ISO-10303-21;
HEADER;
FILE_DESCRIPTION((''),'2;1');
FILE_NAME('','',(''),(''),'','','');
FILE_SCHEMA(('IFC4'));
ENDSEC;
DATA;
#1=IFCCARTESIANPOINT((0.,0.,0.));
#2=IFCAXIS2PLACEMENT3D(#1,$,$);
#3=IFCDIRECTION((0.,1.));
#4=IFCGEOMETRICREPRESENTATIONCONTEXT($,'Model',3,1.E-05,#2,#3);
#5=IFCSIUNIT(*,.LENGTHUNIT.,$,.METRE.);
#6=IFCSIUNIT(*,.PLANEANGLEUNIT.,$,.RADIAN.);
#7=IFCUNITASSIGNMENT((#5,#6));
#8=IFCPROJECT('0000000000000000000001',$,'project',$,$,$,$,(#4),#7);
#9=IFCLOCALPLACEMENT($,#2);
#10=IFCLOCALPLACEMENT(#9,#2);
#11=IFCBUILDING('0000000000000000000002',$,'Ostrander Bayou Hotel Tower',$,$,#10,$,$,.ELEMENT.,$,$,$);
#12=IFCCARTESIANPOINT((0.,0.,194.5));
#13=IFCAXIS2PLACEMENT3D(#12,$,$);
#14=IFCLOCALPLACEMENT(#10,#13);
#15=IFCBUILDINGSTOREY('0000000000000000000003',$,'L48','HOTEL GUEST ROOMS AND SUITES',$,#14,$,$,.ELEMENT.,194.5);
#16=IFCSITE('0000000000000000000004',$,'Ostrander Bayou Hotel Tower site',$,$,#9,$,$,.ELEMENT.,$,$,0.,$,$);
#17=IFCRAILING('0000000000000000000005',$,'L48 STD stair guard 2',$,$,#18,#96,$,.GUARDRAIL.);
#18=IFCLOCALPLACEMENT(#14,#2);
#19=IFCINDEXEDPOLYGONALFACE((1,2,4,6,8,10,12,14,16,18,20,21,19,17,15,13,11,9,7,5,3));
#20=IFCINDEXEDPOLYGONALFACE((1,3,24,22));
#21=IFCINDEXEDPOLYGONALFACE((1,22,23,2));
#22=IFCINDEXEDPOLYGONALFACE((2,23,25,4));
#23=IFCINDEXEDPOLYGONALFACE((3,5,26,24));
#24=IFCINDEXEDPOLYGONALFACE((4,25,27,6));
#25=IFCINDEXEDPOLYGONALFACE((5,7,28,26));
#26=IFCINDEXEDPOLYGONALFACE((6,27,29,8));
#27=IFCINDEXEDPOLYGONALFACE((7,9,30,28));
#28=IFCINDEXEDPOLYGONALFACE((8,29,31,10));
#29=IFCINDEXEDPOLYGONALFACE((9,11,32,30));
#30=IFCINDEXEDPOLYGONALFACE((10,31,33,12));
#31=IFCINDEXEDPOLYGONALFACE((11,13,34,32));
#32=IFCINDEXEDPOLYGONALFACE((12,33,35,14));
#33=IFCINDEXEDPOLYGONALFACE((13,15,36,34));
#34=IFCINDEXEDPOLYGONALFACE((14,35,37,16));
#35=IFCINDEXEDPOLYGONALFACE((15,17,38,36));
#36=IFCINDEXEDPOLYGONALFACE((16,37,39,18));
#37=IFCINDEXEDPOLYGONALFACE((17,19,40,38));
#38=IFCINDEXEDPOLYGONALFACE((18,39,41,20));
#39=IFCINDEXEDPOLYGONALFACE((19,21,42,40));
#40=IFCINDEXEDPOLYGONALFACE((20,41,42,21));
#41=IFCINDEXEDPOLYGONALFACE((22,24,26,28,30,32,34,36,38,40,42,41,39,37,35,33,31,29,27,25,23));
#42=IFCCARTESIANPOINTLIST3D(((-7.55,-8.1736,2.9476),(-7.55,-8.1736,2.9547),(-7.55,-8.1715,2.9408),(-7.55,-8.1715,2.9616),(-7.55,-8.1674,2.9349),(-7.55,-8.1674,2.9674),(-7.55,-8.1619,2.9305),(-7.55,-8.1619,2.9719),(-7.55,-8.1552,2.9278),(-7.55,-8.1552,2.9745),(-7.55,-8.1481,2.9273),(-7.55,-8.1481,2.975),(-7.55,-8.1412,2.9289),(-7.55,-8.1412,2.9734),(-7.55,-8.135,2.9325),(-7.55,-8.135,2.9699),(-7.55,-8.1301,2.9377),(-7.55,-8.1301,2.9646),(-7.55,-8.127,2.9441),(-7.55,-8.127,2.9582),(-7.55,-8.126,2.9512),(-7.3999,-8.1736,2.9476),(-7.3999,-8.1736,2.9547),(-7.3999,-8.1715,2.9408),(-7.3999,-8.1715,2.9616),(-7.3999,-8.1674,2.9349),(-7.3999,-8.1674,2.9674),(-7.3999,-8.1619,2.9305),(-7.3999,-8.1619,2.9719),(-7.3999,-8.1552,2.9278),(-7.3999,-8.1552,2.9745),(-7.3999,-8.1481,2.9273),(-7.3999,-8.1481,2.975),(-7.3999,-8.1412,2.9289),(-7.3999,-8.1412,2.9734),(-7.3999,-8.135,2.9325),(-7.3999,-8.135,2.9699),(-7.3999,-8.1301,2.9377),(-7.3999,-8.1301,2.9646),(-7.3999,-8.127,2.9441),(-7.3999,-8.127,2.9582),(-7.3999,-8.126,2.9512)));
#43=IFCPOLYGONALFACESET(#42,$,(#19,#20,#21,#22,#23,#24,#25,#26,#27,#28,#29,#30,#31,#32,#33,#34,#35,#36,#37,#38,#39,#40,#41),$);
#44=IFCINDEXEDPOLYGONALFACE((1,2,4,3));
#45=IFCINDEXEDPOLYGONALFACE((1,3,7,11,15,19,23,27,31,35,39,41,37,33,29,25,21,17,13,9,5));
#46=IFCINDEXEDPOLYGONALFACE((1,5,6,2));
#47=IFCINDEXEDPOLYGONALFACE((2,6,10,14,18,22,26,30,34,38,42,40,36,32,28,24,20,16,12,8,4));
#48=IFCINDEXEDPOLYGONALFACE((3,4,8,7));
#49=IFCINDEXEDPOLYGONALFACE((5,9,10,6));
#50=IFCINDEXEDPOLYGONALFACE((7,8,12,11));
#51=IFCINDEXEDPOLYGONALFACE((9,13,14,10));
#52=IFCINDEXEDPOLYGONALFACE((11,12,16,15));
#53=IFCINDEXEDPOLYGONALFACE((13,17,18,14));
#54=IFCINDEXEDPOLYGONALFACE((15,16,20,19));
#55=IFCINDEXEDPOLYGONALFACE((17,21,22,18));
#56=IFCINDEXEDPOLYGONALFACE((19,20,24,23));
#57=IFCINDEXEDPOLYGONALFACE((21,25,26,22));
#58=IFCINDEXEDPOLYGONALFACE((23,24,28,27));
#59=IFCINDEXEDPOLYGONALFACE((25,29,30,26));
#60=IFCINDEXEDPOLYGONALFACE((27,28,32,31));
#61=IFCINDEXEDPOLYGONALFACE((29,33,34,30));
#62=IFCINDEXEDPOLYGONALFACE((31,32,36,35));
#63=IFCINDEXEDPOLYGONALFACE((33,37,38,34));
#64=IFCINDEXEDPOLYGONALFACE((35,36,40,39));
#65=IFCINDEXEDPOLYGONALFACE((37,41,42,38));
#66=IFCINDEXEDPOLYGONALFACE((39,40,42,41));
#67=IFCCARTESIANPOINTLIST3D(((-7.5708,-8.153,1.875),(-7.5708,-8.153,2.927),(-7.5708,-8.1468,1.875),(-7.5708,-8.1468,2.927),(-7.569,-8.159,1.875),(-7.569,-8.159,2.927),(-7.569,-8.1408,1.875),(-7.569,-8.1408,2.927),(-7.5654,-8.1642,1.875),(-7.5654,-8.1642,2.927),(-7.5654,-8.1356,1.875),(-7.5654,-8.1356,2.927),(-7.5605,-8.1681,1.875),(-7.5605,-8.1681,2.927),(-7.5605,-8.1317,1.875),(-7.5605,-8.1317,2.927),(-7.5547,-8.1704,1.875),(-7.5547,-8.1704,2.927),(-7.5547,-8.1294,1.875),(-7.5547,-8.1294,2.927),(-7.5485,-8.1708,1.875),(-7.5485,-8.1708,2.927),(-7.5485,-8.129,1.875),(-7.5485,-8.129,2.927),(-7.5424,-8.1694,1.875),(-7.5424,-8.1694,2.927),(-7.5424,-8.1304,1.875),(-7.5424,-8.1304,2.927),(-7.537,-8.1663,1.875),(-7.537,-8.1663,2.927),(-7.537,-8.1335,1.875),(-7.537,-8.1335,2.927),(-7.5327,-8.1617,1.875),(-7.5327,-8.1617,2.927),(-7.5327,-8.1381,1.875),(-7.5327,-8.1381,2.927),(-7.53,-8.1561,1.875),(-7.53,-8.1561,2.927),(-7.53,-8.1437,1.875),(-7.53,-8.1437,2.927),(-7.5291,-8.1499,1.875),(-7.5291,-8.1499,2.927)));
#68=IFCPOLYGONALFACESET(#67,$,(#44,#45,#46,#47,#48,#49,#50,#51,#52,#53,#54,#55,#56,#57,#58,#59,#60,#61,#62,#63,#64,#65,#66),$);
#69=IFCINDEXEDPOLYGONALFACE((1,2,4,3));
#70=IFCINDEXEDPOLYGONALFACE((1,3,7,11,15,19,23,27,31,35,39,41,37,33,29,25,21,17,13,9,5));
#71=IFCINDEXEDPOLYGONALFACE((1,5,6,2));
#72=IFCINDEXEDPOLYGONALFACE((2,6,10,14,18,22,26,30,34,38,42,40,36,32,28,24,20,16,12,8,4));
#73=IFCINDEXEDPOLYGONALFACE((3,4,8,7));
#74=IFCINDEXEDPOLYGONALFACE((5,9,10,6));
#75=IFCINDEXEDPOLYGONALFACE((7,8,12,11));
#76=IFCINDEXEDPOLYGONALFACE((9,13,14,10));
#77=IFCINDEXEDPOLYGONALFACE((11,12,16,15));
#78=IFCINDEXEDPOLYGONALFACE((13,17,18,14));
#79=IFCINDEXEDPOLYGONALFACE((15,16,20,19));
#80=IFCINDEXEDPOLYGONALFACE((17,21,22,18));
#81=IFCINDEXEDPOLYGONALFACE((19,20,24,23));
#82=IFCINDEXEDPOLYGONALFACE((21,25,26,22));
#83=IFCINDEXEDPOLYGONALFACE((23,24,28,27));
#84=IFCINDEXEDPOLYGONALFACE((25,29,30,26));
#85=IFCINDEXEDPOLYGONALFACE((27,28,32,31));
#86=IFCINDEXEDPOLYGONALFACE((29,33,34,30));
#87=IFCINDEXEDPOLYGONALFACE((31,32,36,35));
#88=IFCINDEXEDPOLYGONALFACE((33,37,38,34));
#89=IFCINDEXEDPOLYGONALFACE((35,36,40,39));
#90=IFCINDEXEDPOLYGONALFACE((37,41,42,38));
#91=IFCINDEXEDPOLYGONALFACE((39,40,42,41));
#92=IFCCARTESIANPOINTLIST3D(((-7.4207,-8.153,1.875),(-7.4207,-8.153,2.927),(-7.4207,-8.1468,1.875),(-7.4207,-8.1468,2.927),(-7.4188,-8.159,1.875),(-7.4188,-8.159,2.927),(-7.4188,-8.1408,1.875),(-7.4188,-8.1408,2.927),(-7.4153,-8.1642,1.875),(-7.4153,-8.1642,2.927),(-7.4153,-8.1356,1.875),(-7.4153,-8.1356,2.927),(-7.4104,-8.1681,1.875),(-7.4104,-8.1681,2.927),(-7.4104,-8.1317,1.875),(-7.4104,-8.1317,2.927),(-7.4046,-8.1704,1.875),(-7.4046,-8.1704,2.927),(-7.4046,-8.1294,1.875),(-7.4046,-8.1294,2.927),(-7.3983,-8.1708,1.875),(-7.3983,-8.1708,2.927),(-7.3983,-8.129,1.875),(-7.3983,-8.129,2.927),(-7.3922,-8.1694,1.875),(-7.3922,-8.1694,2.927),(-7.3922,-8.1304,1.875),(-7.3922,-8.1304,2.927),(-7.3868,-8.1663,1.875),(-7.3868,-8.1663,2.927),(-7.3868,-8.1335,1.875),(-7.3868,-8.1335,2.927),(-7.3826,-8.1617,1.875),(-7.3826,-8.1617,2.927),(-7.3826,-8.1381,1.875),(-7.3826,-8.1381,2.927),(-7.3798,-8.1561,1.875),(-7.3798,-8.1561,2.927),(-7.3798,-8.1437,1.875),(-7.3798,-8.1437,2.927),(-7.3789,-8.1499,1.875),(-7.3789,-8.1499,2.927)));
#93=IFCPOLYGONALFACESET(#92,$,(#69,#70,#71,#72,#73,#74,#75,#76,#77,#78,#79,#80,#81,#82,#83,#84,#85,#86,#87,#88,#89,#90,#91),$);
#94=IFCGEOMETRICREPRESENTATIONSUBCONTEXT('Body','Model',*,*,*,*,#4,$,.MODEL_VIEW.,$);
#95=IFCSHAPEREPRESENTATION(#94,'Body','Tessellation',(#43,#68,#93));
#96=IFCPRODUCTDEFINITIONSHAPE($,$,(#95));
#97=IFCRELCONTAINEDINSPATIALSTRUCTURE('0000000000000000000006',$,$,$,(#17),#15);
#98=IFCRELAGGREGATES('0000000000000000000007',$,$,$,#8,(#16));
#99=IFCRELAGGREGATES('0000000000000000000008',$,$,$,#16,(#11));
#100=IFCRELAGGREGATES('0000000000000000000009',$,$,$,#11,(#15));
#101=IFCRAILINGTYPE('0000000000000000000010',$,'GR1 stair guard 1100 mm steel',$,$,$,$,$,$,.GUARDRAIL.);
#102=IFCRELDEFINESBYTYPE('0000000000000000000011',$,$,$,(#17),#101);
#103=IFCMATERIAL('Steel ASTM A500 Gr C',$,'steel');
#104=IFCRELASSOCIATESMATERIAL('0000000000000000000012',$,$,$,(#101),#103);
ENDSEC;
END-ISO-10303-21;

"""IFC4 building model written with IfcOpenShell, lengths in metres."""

from ifc_helpers import new_model, si_unit, direction, frame, origin, origin_2d, place, context, subcontext, project, spatial, circle, extrude, material, type_object, element, save


model = new_model("IFC4")

# Units and contexts
model_context = context("Model", 3, precision=1e-05, world=origin(), true_north=direction((0.0, 1.0)))
body_context = subcontext(model_context, "Body", "Model", "MODEL_VIEW")
ifc_project = project(units=[si_unit("LENGTHUNIT", "METRE"), si_unit("PLANEANGLEUNIT", "RADIAN")], contexts=[model_context])

# Site, building, storey
site_placement = place(None, origin())
site = spatial("IfcSite", under=ifc_project, at=site_placement, Name="Ostrander Bayou Hotel Tower site", CompositionType="ELEMENT", RefElevation=0.0)
building_placement = place(site_placement, origin())
building = spatial("IfcBuilding", under=site, at=building_placement, Name="Ostrander Bayou Hotel Tower", CompositionType="ELEMENT")
storey_placement = place(building_placement, frame((0.0, 0.0, 194.5)))
storey = spatial("IfcBuildingStorey", under=building, at=storey_placement, Name="L48", Description="HOTEL GUEST ROOMS AND SUITES", CompositionType="ELEMENT", Elevation=194.5)

# Railing
ifc_material_1 = material(Name="Steel ASTM A500 Gr C", Category="steel")
railing_type_1 = type_object("IfcRailingType", Name="GR1 stair guard 1100 mm steel", PredefinedType="GUARDRAIL", material=ifc_material_1)
railing_1_placement = place(storey_placement, frame((-7.55, -8.1499, 1.875)))
element("IfcRailing", 1, at=railing_1_placement, inside=storey, type_object=railing_type_1, Name="L48 STD stair guard 2", PredefinedType="GUARDRAIL", context=body_context, shape_type="SweptSolid", body=[
    extrude(circle(Radius=0.0239, at=origin_2d()), frame((0.0, 0.0, 1.0762), z_axis=(1.0, 0.0, 0.0), x_axis=(0.0, 1.0, 0.0)), (0.0, 0.0, 1.0), 0.1501),
    extrude(circle(Radius=0.021, at=origin_2d()), origin(), (0.0, 0.0, 1.0), 1.052),
    extrude(circle(Radius=0.021, at=origin_2d()), frame((0.1501, 0.0, 0.0)), (0.0, 0.0, 1.0), 1.052),
])

save(model, "model.ifc")
